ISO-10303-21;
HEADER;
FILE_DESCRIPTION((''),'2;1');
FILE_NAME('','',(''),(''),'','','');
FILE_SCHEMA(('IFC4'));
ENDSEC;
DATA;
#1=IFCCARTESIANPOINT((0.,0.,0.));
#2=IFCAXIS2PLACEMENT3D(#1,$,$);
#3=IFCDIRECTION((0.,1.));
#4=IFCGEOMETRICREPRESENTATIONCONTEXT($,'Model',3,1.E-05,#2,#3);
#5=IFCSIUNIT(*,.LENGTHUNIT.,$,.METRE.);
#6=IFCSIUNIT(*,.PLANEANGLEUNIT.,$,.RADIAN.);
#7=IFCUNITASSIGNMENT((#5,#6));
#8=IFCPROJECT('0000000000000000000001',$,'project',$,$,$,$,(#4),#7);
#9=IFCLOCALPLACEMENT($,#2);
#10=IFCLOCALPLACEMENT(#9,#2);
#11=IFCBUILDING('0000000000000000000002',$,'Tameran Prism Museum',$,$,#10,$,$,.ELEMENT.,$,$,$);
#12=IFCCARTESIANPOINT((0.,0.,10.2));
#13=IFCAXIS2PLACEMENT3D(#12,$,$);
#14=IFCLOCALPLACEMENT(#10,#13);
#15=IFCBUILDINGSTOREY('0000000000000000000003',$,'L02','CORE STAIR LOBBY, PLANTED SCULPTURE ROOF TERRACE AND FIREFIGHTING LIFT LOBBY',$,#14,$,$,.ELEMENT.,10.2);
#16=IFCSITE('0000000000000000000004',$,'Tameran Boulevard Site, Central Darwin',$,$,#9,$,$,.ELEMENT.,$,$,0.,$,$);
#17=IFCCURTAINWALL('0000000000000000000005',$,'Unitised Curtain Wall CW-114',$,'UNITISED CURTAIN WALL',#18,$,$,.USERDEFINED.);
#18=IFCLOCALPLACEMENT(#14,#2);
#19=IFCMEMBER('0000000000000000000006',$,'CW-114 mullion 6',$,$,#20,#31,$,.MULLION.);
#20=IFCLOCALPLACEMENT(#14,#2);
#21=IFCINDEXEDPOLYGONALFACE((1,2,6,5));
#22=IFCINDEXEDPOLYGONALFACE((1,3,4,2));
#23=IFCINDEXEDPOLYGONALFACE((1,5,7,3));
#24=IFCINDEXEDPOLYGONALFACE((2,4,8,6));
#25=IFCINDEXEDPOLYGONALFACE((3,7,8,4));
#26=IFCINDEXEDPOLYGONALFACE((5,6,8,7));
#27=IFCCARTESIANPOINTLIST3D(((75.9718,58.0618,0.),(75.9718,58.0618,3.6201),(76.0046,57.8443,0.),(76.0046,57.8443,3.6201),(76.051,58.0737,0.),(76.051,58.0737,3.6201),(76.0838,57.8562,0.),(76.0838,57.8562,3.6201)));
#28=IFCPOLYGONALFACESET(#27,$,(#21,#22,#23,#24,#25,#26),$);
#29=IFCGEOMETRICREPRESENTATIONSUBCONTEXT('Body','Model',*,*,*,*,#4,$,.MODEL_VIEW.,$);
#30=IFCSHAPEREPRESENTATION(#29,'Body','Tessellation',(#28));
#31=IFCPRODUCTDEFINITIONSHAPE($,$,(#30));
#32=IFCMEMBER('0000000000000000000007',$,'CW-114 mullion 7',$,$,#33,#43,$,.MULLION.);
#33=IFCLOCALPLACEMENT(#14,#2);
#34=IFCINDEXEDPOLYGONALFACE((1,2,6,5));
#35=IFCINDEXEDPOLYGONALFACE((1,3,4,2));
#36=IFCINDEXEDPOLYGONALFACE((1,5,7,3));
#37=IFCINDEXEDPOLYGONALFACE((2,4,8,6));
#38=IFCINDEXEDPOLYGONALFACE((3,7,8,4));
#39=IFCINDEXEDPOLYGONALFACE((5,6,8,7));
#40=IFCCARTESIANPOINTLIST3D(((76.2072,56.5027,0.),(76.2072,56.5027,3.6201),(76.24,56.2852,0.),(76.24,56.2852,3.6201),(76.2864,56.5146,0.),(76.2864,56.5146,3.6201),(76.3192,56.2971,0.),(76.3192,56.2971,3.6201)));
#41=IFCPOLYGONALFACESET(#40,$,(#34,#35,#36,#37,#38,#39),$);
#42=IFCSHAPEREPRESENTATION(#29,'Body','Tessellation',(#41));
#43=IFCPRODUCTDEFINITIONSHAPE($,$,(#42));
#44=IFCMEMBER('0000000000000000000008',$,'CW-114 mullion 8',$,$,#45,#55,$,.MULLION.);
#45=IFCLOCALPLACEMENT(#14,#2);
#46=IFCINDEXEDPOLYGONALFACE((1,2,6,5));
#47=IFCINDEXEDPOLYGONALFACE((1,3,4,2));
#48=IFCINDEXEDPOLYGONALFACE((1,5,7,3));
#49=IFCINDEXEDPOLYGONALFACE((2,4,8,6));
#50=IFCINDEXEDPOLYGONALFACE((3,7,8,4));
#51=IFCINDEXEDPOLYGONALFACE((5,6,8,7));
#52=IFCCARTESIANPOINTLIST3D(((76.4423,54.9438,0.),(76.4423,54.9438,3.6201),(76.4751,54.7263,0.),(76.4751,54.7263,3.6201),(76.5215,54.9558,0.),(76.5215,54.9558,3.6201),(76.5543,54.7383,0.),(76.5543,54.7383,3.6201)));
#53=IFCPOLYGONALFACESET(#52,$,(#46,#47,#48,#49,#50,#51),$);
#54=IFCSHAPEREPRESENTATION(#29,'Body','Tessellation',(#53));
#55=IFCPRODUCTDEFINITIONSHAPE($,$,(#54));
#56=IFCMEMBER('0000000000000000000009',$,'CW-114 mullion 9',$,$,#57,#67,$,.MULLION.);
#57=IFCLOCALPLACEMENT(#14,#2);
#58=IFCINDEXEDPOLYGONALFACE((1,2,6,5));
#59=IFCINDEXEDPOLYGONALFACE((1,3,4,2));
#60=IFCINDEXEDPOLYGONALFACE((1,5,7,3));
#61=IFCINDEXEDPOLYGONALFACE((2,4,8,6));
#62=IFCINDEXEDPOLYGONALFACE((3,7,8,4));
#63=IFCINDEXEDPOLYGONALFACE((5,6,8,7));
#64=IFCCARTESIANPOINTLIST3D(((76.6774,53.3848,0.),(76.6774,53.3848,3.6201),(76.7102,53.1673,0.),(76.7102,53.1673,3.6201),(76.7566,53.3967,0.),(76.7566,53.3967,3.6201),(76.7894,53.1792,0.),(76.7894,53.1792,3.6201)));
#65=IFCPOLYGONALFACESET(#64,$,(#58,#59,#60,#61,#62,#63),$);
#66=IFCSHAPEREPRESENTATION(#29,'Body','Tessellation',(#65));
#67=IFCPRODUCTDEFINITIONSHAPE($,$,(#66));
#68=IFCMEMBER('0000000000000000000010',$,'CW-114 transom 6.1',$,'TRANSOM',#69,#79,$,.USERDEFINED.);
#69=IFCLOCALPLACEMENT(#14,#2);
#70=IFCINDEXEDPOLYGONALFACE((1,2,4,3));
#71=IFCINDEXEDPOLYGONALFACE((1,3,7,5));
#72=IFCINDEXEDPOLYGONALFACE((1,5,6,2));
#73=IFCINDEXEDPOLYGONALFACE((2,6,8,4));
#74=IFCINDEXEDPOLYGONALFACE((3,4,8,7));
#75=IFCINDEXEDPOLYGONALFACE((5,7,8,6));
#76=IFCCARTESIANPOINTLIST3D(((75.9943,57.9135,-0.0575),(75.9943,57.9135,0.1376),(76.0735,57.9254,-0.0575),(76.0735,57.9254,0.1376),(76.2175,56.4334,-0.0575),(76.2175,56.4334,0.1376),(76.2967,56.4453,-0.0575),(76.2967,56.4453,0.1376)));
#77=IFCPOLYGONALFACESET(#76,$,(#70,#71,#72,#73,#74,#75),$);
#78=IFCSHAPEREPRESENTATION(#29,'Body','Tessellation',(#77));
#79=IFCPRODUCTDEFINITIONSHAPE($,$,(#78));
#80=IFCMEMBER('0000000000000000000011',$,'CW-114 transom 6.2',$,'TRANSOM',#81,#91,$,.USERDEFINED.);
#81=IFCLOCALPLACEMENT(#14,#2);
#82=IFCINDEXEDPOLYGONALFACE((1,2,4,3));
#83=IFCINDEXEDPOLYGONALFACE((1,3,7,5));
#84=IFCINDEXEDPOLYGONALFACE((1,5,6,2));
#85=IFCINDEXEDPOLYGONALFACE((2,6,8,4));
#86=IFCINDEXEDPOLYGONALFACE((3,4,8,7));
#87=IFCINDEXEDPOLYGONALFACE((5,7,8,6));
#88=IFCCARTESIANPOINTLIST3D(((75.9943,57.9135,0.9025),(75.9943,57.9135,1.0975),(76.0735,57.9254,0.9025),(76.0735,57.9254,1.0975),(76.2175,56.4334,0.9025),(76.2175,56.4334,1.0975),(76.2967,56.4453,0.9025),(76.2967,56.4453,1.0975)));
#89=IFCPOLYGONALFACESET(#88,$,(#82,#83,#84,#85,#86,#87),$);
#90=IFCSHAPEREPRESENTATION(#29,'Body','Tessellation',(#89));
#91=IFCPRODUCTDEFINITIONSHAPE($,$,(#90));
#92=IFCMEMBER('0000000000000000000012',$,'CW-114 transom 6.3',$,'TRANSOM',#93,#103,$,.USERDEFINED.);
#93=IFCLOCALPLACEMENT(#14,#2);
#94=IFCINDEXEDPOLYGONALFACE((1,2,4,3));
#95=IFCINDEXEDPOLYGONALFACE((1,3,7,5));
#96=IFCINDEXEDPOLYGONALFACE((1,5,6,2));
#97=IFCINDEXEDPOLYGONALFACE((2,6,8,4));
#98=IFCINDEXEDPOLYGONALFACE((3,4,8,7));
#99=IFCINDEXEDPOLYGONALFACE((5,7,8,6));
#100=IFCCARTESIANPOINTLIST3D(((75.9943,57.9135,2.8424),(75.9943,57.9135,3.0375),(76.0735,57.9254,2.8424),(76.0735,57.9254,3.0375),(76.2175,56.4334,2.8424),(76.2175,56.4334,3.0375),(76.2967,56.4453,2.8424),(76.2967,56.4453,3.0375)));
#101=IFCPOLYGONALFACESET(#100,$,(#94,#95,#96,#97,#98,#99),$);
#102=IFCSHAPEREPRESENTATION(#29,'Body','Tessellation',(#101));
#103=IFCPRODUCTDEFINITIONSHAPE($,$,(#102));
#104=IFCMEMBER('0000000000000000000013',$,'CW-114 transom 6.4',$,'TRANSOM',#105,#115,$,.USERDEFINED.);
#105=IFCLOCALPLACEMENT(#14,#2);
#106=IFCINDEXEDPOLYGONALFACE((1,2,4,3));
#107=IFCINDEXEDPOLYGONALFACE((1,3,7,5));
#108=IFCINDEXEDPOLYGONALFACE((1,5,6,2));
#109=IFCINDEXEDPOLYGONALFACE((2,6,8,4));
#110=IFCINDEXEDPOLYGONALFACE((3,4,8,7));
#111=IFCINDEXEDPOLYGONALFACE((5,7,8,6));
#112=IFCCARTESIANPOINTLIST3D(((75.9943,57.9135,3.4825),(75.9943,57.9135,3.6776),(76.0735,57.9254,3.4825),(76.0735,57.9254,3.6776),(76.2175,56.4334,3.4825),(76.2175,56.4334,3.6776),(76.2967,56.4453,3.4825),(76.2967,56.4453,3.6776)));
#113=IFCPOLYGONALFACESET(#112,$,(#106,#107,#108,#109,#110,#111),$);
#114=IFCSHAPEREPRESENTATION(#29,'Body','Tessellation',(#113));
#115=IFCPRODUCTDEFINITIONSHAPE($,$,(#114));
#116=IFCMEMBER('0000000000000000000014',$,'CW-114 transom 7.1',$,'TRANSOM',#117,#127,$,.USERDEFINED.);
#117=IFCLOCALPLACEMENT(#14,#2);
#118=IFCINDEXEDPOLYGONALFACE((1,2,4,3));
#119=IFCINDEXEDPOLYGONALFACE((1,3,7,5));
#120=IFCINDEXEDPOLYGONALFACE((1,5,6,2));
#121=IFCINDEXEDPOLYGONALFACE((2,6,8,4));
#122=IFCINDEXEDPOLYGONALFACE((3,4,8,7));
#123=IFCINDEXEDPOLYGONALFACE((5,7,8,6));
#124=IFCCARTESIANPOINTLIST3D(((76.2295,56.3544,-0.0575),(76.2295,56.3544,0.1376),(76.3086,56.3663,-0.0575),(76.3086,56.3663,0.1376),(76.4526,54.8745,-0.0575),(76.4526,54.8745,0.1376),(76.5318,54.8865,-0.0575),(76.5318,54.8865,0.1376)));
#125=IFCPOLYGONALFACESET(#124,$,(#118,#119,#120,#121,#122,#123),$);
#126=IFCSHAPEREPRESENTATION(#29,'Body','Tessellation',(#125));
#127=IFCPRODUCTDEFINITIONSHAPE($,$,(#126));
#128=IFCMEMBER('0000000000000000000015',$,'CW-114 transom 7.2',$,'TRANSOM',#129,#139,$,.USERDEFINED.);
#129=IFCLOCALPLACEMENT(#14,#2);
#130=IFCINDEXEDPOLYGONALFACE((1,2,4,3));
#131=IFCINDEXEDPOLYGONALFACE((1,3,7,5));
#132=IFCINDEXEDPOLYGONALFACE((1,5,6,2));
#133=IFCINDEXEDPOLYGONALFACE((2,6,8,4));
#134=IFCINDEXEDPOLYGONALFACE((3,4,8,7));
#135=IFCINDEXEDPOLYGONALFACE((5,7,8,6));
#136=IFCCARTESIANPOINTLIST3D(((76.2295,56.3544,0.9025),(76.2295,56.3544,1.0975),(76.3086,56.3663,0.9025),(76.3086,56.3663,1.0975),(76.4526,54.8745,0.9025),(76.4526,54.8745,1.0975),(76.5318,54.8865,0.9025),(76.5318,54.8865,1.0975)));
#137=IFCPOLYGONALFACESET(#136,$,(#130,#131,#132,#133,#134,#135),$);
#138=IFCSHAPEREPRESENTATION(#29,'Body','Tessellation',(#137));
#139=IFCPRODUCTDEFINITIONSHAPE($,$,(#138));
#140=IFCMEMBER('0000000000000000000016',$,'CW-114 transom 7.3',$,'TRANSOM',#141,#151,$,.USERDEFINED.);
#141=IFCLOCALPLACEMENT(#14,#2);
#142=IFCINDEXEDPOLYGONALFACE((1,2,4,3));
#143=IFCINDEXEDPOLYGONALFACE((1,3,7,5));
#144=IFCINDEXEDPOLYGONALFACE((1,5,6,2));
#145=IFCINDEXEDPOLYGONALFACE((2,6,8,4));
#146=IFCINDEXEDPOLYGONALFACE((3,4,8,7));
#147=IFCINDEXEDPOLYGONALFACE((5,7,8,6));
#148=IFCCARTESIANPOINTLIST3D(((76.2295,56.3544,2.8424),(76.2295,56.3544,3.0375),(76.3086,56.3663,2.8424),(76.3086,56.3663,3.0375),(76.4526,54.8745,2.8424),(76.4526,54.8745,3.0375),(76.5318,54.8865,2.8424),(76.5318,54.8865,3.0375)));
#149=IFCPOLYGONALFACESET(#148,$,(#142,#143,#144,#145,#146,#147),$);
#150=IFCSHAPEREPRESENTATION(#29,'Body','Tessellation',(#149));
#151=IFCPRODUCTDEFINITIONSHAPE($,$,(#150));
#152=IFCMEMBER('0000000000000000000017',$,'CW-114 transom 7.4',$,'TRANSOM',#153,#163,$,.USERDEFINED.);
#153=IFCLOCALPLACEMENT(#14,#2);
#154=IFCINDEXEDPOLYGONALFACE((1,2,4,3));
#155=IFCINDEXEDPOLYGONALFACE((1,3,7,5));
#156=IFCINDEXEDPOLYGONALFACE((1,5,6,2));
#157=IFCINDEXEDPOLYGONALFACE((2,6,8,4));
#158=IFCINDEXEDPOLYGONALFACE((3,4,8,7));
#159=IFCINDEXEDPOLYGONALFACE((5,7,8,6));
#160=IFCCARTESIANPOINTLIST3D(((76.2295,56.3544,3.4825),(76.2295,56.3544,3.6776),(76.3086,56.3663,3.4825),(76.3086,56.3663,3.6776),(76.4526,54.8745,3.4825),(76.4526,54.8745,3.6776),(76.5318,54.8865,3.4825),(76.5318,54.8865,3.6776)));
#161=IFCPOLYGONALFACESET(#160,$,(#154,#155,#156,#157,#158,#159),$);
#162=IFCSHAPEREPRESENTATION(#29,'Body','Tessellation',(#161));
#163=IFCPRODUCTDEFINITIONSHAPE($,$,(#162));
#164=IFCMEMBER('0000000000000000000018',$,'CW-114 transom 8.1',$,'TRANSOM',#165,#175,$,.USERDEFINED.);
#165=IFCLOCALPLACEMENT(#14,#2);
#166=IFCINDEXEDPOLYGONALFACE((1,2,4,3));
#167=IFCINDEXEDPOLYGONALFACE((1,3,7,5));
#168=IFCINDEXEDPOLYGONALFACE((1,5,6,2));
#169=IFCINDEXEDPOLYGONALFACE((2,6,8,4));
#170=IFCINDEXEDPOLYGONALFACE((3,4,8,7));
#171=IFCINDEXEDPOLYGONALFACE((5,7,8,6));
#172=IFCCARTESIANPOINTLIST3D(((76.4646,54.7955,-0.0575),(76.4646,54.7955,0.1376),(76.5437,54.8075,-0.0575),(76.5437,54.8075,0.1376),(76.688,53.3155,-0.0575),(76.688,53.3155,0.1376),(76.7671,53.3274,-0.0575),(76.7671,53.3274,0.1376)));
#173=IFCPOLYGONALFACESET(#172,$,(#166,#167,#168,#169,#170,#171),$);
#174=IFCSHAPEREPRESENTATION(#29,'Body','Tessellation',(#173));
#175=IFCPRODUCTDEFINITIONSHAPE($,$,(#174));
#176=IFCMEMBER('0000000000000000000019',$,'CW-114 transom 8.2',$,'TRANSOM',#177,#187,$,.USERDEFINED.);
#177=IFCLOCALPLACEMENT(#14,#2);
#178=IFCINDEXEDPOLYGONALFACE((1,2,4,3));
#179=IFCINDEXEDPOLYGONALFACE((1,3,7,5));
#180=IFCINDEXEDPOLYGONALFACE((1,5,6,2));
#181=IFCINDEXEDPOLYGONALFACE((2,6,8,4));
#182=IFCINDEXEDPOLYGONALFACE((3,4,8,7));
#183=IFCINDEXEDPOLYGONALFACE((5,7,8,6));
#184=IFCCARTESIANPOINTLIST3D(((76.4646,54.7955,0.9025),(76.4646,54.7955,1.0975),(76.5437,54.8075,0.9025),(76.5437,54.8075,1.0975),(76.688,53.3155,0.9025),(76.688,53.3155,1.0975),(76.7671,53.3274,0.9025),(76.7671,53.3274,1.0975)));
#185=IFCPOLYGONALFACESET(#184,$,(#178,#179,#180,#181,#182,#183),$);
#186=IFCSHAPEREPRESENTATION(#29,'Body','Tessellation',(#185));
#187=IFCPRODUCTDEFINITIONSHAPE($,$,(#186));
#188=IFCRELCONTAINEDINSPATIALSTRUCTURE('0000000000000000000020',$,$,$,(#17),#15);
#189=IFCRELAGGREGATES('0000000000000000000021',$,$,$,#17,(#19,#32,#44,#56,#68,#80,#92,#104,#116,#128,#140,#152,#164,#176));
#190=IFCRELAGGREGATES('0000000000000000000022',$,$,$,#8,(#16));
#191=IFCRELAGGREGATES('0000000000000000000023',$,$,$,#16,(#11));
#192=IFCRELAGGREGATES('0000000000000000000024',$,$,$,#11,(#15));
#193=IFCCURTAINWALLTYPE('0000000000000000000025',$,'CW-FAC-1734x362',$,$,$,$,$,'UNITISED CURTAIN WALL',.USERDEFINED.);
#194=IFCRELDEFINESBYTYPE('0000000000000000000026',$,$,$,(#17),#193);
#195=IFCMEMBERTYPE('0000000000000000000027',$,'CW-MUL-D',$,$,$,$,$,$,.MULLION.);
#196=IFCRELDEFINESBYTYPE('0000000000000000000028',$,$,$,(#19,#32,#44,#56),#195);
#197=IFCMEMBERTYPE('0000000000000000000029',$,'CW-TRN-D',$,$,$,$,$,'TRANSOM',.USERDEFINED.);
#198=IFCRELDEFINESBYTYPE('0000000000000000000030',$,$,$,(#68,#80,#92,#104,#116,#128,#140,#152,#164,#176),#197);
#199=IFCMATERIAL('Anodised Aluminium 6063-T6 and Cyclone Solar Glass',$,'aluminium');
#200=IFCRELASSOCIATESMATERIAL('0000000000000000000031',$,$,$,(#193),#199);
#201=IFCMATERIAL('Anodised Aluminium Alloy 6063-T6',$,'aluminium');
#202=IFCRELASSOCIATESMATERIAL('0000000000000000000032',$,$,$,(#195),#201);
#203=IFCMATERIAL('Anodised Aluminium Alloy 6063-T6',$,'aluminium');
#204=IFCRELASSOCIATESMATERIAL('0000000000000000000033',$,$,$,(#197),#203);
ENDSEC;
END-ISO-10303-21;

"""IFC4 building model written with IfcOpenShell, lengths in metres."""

from ifc_helpers import new_model, si_unit, direction, frame, origin, origin_2d, place, context, subcontext, project, spatial, rectangle, extrude, material, material_profile, profile_set, type_object, element, aggregate, save


model = new_model("IFC4")

# Units and contexts
model_context = context("Model", 3, precision=1e-05, world=origin(), true_north=direction((0.0, 1.0)))
body_context = subcontext(model_context, "Body", "Model", "MODEL_VIEW")
ifc_project = project(units=[si_unit("LENGTHUNIT", "METRE"), si_unit("PLANEANGLEUNIT", "RADIAN")], contexts=[model_context])

# Site, building, storey
site_placement = place(None, origin())
site = spatial("IfcSite", under=ifc_project, at=site_placement, Name="Tameran Boulevard Site, Central Darwin", CompositionType="ELEMENT", RefElevation=0.0)
building_placement = place(site_placement, origin())
building = spatial("IfcBuilding", under=site, at=building_placement, Name="Tameran Prism Museum", CompositionType="ELEMENT")
storey_placement = place(building_placement, frame((0.0, 0.0, 10.2)))
storey = spatial("IfcBuildingStorey", under=building, at=storey_placement, Name="L02", Description="CORE STAIR LOBBY, PLANTED SCULPTURE ROOF TERRACE AND FIREFIGHTING LIFT LOBBY", CompositionType="ELEMENT", Elevation=10.2)

# Curtain wall, members
ifc_material_1 = material(Name="Anodised Aluminium 6063-T6 and Cyclone Solar Glass", Category="aluminium")
curtain_wall_type = type_object("IfcCurtainWallType", Name="CW-FAC-1734x362", ElementType="UNITISED CURTAIN WALL", PredefinedType="USERDEFINED", material=ifc_material_1)
curtain_wall_placement = place(storey_placement, origin())
curtain_wall = element("IfcCurtainWall", 1, at=curtain_wall_placement, inside=storey, type_object=curtain_wall_type, Name="Unitised Curtain Wall CW-114", ObjectType="UNITISED CURTAIN WALL", PredefinedType="USERDEFINED")
ifc_material_2 = material(Name="Anodised Aluminium Alloy 6063-T6", Category="aluminium")
ifc_material_profile_1 = material_profile(ifc_material_2, rectangle(XDim=0.0801, YDim=0.22, at=origin_2d()))
ifc_profile_set_1 = profile_set([ifc_material_profile_1])
member_type_1 = type_object("IfcMemberType", Name="CW-MUL-D", PredefinedType="MULLION", material=ifc_profile_set_1)
member_1_placement = place(storey_placement, frame((76.0278, 57.959, 0.0), z_axis=(0.0, 0.0, 1.0), x_axis=(0.988812, 0.149167, 0.0)))
member_1 = element("IfcMember", 2, at=member_1_placement, type_object=member_type_1, Name="CW-114 mullion 6", PredefinedType="MULLION", context=body_context, shape_type="SweptSolid", body=[
    extrude(rectangle(XDim=0.0801, YDim=0.22, at=origin_2d()), origin(), (0.0, 0.0, 1.0), 3.6201),
])
member_2_placement = place(storey_placement, frame((76.2632, 56.3999, 0.0), z_axis=(0.0, 0.0, 1.0), x_axis=(0.988812, 0.149167, 0.0)))
member_2 = element("IfcMember", 3, at=member_2_placement, type_object=member_type_1, Name="CW-114 mullion 7", PredefinedType="MULLION", context=body_context, shape_type="SweptSolid", body=[
    extrude(rectangle(XDim=0.0801, YDim=0.22, at=origin_2d()), origin(), (0.0, 0.0, 1.0), 3.6201),
])
member_3_placement = place(storey_placement, frame((76.4983, 54.8411, 0.0), z_axis=(0.0, 0.0, 1.0), x_axis=(0.988812, 0.149167, 0.0)))
member_3 = element("IfcMember", 4, at=member_3_placement, type_object=member_type_1, Name="CW-114 mullion 8", PredefinedType="MULLION", context=body_context, shape_type="SweptSolid", body=[
    extrude(rectangle(XDim=0.0801, YDim=0.22, at=origin_2d()), origin(), (0.0, 0.0, 1.0), 3.6201),
])
member_4_placement = place(storey_placement, frame((76.7334, 53.282, 0.0), z_axis=(0.0, 0.0, 1.0), x_axis=(0.988812, 0.149167, 0.0)))
member_4 = element("IfcMember", 5, at=member_4_placement, type_object=member_type_1, Name="CW-114 mullion 9", PredefinedType="MULLION", context=body_context, shape_type="SweptSolid", body=[
    extrude(rectangle(XDim=0.0801, YDim=0.22, at=origin_2d()), origin(), (0.0, 0.0, 1.0), 3.6201),
])
ifc_material_3 = material(Name="Anodised Aluminium Alloy 6063-T6", Category="aluminium")
ifc_material_profile_2 = material_profile(ifc_material_3, rectangle(XDim=0.0801, YDim=0.1951, at=origin_2d()))
ifc_profile_set_2 = profile_set([ifc_material_profile_2])
member_type_2 = type_object("IfcMemberType", Name="CW-TRN-D", ElementType="TRANSOM", PredefinedType="USERDEFINED", material=ifc_profile_set_2)
member_5_placement = place(storey_placement, frame((76.0339, 57.9194, 0.04), z_axis=(0.14909, -0.988824, 0.0), x_axis=(0.988824, 0.14909, 0.0)))
member_5 = element("IfcMember", 6, at=member_5_placement, type_object=member_type_2, Name="CW-114 transom 6.1", ObjectType="TRANSOM", PredefinedType="USERDEFINED", context=body_context, shape_type="SweptSolid", body=[
    extrude(rectangle(XDim=0.0801, YDim=0.1951, at=origin_2d()), origin(), (0.0, 0.0, 1.0), 1.4968),
])
member_6_placement = place(storey_placement, frame((76.0339, 57.9194, 1.0), z_axis=(0.14909, -0.988824, 0.0), x_axis=(0.988824, 0.14909, 0.0)))
member_6 = element("IfcMember", 7, at=member_6_placement, type_object=member_type_2, Name="CW-114 transom 6.2", ObjectType="TRANSOM", PredefinedType="USERDEFINED", context=body_context, shape_type="SweptSolid", body=[
    extrude(rectangle(XDim=0.0801, YDim=0.1951, at=origin_2d()), origin(), (0.0, 0.0, 1.0), 1.4968),
])
member_7_placement = place(storey_placement, frame((76.0339, 57.9194, 2.9399), z_axis=(0.14909, -0.988824, 0.0), x_axis=(0.988824, 0.14909, 0.0)))
member_7 = element("IfcMember", 8, at=member_7_placement, type_object=member_type_2, Name="CW-114 transom 6.3", ObjectType="TRANSOM", PredefinedType="USERDEFINED", context=body_context, shape_type="SweptSolid", body=[
    extrude(rectangle(XDim=0.0801, YDim=0.1951, at=origin_2d()), origin(), (0.0, 0.0, 1.0), 1.4968),
])
member_8_placement = place(storey_placement, frame((76.0339, 57.9194, 3.5801), z_axis=(0.14909, -0.988824, 0.0), x_axis=(0.988824, 0.14909, 0.0)))
member_8 = element("IfcMember", 9, at=member_8_placement, type_object=member_type_2, Name="CW-114 transom 6.4", ObjectType="TRANSOM", PredefinedType="USERDEFINED", context=body_context, shape_type="SweptSolid", body=[
    extrude(rectangle(XDim=0.0801, YDim=0.1951, at=origin_2d()), origin(), (0.0, 0.0, 1.0), 1.4968),
])
member_9_placement = place(storey_placement, frame((76.269, 56.3604, 0.04), z_axis=(0.149114, -0.98882, 0.0), x_axis=(0.98882, 0.149114, 0.0)))
member_9 = element("IfcMember", 10, at=member_9_placement, type_object=member_type_2, Name="CW-114 transom 7.1", ObjectType="TRANSOM", PredefinedType="USERDEFINED", context=body_context, shape_type="SweptSolid", body=[
    extrude(rectangle(XDim=0.0801, YDim=0.1951, at=origin_2d()), origin(), (0.0, 0.0, 1.0), 1.4966),
])
member_10_placement = place(storey_placement, frame((76.269, 56.3604, 1.0), z_axis=(0.149114, -0.98882, 0.0), x_axis=(0.98882, 0.149114, 0.0)))
member_10 = element("IfcMember", 11, at=member_10_placement, type_object=member_type_2, Name="CW-114 transom 7.2", ObjectType="TRANSOM", PredefinedType="USERDEFINED", context=body_context, shape_type="SweptSolid", body=[
    extrude(rectangle(XDim=0.0801, YDim=0.1951, at=origin_2d()), origin(), (0.0, 0.0, 1.0), 1.4966),
])
member_11_placement = place(storey_placement, frame((76.269, 56.3604, 2.9399), z_axis=(0.149114, -0.98882, 0.0), x_axis=(0.98882, 0.149114, 0.0)))
member_11 = element("IfcMember", 12, at=member_11_placement, type_object=member_type_2, Name="CW-114 transom 7.3", ObjectType="TRANSOM", PredefinedType="USERDEFINED", context=body_context, shape_type="SweptSolid", body=[
    extrude(rectangle(XDim=0.0801, YDim=0.1951, at=origin_2d()), origin(), (0.0, 0.0, 1.0), 1.4966),
])
member_12_placement = place(storey_placement, frame((76.269, 56.3604, 3.5801), z_axis=(0.149114, -0.98882, 0.0), x_axis=(0.98882, 0.149114, 0.0)))
member_12 = element("IfcMember", 13, at=member_12_placement, type_object=member_type_2, Name="CW-114 transom 7.4", ObjectType="TRANSOM", PredefinedType="USERDEFINED", context=body_context, shape_type="SweptSolid", body=[
    extrude(rectangle(XDim=0.0801, YDim=0.1951, at=origin_2d()), origin(), (0.0, 0.0, 1.0), 1.4966),
])
member_13_placement = place(storey_placement, frame((76.5042, 54.8015, 0.04), z_axis=(0.14925, -0.9888, 0.0), x_axis=(0.9888, 0.14925, 0.0)))
member_13 = element("IfcMember", 14, at=member_13_placement, type_object=member_type_2, Name="CW-114 transom 8.1", ObjectType="TRANSOM", PredefinedType="USERDEFINED", context=body_context, shape_type="SweptSolid", body=[
    extrude(rectangle(XDim=0.0801, YDim=0.1951, at=origin_2d()), origin(), (0.0, 0.0, 1.0), 1.4968),
])
member_14_placement = place(storey_placement, frame((76.5042, 54.8015, 1.0), z_axis=(0.14925, -0.9888, 0.0), x_axis=(0.9888, 0.14925, 0.0)))
member_14 = element("IfcMember", 15, at=member_14_placement, type_object=member_type_2, Name="CW-114 transom 8.2", ObjectType="TRANSOM", PredefinedType="USERDEFINED", context=body_context, shape_type="SweptSolid", body=[
    extrude(rectangle(XDim=0.0801, YDim=0.1951, at=origin_2d()), origin(), (0.0, 0.0, 1.0), 1.4968),
])
aggregate(curtain_wall, [member_1, member_2, member_3, member_4, member_5, member_6, member_7, member_8, member_9, member_10, member_11, member_12, member_13, member_14])

save(model, "model.ifc")
